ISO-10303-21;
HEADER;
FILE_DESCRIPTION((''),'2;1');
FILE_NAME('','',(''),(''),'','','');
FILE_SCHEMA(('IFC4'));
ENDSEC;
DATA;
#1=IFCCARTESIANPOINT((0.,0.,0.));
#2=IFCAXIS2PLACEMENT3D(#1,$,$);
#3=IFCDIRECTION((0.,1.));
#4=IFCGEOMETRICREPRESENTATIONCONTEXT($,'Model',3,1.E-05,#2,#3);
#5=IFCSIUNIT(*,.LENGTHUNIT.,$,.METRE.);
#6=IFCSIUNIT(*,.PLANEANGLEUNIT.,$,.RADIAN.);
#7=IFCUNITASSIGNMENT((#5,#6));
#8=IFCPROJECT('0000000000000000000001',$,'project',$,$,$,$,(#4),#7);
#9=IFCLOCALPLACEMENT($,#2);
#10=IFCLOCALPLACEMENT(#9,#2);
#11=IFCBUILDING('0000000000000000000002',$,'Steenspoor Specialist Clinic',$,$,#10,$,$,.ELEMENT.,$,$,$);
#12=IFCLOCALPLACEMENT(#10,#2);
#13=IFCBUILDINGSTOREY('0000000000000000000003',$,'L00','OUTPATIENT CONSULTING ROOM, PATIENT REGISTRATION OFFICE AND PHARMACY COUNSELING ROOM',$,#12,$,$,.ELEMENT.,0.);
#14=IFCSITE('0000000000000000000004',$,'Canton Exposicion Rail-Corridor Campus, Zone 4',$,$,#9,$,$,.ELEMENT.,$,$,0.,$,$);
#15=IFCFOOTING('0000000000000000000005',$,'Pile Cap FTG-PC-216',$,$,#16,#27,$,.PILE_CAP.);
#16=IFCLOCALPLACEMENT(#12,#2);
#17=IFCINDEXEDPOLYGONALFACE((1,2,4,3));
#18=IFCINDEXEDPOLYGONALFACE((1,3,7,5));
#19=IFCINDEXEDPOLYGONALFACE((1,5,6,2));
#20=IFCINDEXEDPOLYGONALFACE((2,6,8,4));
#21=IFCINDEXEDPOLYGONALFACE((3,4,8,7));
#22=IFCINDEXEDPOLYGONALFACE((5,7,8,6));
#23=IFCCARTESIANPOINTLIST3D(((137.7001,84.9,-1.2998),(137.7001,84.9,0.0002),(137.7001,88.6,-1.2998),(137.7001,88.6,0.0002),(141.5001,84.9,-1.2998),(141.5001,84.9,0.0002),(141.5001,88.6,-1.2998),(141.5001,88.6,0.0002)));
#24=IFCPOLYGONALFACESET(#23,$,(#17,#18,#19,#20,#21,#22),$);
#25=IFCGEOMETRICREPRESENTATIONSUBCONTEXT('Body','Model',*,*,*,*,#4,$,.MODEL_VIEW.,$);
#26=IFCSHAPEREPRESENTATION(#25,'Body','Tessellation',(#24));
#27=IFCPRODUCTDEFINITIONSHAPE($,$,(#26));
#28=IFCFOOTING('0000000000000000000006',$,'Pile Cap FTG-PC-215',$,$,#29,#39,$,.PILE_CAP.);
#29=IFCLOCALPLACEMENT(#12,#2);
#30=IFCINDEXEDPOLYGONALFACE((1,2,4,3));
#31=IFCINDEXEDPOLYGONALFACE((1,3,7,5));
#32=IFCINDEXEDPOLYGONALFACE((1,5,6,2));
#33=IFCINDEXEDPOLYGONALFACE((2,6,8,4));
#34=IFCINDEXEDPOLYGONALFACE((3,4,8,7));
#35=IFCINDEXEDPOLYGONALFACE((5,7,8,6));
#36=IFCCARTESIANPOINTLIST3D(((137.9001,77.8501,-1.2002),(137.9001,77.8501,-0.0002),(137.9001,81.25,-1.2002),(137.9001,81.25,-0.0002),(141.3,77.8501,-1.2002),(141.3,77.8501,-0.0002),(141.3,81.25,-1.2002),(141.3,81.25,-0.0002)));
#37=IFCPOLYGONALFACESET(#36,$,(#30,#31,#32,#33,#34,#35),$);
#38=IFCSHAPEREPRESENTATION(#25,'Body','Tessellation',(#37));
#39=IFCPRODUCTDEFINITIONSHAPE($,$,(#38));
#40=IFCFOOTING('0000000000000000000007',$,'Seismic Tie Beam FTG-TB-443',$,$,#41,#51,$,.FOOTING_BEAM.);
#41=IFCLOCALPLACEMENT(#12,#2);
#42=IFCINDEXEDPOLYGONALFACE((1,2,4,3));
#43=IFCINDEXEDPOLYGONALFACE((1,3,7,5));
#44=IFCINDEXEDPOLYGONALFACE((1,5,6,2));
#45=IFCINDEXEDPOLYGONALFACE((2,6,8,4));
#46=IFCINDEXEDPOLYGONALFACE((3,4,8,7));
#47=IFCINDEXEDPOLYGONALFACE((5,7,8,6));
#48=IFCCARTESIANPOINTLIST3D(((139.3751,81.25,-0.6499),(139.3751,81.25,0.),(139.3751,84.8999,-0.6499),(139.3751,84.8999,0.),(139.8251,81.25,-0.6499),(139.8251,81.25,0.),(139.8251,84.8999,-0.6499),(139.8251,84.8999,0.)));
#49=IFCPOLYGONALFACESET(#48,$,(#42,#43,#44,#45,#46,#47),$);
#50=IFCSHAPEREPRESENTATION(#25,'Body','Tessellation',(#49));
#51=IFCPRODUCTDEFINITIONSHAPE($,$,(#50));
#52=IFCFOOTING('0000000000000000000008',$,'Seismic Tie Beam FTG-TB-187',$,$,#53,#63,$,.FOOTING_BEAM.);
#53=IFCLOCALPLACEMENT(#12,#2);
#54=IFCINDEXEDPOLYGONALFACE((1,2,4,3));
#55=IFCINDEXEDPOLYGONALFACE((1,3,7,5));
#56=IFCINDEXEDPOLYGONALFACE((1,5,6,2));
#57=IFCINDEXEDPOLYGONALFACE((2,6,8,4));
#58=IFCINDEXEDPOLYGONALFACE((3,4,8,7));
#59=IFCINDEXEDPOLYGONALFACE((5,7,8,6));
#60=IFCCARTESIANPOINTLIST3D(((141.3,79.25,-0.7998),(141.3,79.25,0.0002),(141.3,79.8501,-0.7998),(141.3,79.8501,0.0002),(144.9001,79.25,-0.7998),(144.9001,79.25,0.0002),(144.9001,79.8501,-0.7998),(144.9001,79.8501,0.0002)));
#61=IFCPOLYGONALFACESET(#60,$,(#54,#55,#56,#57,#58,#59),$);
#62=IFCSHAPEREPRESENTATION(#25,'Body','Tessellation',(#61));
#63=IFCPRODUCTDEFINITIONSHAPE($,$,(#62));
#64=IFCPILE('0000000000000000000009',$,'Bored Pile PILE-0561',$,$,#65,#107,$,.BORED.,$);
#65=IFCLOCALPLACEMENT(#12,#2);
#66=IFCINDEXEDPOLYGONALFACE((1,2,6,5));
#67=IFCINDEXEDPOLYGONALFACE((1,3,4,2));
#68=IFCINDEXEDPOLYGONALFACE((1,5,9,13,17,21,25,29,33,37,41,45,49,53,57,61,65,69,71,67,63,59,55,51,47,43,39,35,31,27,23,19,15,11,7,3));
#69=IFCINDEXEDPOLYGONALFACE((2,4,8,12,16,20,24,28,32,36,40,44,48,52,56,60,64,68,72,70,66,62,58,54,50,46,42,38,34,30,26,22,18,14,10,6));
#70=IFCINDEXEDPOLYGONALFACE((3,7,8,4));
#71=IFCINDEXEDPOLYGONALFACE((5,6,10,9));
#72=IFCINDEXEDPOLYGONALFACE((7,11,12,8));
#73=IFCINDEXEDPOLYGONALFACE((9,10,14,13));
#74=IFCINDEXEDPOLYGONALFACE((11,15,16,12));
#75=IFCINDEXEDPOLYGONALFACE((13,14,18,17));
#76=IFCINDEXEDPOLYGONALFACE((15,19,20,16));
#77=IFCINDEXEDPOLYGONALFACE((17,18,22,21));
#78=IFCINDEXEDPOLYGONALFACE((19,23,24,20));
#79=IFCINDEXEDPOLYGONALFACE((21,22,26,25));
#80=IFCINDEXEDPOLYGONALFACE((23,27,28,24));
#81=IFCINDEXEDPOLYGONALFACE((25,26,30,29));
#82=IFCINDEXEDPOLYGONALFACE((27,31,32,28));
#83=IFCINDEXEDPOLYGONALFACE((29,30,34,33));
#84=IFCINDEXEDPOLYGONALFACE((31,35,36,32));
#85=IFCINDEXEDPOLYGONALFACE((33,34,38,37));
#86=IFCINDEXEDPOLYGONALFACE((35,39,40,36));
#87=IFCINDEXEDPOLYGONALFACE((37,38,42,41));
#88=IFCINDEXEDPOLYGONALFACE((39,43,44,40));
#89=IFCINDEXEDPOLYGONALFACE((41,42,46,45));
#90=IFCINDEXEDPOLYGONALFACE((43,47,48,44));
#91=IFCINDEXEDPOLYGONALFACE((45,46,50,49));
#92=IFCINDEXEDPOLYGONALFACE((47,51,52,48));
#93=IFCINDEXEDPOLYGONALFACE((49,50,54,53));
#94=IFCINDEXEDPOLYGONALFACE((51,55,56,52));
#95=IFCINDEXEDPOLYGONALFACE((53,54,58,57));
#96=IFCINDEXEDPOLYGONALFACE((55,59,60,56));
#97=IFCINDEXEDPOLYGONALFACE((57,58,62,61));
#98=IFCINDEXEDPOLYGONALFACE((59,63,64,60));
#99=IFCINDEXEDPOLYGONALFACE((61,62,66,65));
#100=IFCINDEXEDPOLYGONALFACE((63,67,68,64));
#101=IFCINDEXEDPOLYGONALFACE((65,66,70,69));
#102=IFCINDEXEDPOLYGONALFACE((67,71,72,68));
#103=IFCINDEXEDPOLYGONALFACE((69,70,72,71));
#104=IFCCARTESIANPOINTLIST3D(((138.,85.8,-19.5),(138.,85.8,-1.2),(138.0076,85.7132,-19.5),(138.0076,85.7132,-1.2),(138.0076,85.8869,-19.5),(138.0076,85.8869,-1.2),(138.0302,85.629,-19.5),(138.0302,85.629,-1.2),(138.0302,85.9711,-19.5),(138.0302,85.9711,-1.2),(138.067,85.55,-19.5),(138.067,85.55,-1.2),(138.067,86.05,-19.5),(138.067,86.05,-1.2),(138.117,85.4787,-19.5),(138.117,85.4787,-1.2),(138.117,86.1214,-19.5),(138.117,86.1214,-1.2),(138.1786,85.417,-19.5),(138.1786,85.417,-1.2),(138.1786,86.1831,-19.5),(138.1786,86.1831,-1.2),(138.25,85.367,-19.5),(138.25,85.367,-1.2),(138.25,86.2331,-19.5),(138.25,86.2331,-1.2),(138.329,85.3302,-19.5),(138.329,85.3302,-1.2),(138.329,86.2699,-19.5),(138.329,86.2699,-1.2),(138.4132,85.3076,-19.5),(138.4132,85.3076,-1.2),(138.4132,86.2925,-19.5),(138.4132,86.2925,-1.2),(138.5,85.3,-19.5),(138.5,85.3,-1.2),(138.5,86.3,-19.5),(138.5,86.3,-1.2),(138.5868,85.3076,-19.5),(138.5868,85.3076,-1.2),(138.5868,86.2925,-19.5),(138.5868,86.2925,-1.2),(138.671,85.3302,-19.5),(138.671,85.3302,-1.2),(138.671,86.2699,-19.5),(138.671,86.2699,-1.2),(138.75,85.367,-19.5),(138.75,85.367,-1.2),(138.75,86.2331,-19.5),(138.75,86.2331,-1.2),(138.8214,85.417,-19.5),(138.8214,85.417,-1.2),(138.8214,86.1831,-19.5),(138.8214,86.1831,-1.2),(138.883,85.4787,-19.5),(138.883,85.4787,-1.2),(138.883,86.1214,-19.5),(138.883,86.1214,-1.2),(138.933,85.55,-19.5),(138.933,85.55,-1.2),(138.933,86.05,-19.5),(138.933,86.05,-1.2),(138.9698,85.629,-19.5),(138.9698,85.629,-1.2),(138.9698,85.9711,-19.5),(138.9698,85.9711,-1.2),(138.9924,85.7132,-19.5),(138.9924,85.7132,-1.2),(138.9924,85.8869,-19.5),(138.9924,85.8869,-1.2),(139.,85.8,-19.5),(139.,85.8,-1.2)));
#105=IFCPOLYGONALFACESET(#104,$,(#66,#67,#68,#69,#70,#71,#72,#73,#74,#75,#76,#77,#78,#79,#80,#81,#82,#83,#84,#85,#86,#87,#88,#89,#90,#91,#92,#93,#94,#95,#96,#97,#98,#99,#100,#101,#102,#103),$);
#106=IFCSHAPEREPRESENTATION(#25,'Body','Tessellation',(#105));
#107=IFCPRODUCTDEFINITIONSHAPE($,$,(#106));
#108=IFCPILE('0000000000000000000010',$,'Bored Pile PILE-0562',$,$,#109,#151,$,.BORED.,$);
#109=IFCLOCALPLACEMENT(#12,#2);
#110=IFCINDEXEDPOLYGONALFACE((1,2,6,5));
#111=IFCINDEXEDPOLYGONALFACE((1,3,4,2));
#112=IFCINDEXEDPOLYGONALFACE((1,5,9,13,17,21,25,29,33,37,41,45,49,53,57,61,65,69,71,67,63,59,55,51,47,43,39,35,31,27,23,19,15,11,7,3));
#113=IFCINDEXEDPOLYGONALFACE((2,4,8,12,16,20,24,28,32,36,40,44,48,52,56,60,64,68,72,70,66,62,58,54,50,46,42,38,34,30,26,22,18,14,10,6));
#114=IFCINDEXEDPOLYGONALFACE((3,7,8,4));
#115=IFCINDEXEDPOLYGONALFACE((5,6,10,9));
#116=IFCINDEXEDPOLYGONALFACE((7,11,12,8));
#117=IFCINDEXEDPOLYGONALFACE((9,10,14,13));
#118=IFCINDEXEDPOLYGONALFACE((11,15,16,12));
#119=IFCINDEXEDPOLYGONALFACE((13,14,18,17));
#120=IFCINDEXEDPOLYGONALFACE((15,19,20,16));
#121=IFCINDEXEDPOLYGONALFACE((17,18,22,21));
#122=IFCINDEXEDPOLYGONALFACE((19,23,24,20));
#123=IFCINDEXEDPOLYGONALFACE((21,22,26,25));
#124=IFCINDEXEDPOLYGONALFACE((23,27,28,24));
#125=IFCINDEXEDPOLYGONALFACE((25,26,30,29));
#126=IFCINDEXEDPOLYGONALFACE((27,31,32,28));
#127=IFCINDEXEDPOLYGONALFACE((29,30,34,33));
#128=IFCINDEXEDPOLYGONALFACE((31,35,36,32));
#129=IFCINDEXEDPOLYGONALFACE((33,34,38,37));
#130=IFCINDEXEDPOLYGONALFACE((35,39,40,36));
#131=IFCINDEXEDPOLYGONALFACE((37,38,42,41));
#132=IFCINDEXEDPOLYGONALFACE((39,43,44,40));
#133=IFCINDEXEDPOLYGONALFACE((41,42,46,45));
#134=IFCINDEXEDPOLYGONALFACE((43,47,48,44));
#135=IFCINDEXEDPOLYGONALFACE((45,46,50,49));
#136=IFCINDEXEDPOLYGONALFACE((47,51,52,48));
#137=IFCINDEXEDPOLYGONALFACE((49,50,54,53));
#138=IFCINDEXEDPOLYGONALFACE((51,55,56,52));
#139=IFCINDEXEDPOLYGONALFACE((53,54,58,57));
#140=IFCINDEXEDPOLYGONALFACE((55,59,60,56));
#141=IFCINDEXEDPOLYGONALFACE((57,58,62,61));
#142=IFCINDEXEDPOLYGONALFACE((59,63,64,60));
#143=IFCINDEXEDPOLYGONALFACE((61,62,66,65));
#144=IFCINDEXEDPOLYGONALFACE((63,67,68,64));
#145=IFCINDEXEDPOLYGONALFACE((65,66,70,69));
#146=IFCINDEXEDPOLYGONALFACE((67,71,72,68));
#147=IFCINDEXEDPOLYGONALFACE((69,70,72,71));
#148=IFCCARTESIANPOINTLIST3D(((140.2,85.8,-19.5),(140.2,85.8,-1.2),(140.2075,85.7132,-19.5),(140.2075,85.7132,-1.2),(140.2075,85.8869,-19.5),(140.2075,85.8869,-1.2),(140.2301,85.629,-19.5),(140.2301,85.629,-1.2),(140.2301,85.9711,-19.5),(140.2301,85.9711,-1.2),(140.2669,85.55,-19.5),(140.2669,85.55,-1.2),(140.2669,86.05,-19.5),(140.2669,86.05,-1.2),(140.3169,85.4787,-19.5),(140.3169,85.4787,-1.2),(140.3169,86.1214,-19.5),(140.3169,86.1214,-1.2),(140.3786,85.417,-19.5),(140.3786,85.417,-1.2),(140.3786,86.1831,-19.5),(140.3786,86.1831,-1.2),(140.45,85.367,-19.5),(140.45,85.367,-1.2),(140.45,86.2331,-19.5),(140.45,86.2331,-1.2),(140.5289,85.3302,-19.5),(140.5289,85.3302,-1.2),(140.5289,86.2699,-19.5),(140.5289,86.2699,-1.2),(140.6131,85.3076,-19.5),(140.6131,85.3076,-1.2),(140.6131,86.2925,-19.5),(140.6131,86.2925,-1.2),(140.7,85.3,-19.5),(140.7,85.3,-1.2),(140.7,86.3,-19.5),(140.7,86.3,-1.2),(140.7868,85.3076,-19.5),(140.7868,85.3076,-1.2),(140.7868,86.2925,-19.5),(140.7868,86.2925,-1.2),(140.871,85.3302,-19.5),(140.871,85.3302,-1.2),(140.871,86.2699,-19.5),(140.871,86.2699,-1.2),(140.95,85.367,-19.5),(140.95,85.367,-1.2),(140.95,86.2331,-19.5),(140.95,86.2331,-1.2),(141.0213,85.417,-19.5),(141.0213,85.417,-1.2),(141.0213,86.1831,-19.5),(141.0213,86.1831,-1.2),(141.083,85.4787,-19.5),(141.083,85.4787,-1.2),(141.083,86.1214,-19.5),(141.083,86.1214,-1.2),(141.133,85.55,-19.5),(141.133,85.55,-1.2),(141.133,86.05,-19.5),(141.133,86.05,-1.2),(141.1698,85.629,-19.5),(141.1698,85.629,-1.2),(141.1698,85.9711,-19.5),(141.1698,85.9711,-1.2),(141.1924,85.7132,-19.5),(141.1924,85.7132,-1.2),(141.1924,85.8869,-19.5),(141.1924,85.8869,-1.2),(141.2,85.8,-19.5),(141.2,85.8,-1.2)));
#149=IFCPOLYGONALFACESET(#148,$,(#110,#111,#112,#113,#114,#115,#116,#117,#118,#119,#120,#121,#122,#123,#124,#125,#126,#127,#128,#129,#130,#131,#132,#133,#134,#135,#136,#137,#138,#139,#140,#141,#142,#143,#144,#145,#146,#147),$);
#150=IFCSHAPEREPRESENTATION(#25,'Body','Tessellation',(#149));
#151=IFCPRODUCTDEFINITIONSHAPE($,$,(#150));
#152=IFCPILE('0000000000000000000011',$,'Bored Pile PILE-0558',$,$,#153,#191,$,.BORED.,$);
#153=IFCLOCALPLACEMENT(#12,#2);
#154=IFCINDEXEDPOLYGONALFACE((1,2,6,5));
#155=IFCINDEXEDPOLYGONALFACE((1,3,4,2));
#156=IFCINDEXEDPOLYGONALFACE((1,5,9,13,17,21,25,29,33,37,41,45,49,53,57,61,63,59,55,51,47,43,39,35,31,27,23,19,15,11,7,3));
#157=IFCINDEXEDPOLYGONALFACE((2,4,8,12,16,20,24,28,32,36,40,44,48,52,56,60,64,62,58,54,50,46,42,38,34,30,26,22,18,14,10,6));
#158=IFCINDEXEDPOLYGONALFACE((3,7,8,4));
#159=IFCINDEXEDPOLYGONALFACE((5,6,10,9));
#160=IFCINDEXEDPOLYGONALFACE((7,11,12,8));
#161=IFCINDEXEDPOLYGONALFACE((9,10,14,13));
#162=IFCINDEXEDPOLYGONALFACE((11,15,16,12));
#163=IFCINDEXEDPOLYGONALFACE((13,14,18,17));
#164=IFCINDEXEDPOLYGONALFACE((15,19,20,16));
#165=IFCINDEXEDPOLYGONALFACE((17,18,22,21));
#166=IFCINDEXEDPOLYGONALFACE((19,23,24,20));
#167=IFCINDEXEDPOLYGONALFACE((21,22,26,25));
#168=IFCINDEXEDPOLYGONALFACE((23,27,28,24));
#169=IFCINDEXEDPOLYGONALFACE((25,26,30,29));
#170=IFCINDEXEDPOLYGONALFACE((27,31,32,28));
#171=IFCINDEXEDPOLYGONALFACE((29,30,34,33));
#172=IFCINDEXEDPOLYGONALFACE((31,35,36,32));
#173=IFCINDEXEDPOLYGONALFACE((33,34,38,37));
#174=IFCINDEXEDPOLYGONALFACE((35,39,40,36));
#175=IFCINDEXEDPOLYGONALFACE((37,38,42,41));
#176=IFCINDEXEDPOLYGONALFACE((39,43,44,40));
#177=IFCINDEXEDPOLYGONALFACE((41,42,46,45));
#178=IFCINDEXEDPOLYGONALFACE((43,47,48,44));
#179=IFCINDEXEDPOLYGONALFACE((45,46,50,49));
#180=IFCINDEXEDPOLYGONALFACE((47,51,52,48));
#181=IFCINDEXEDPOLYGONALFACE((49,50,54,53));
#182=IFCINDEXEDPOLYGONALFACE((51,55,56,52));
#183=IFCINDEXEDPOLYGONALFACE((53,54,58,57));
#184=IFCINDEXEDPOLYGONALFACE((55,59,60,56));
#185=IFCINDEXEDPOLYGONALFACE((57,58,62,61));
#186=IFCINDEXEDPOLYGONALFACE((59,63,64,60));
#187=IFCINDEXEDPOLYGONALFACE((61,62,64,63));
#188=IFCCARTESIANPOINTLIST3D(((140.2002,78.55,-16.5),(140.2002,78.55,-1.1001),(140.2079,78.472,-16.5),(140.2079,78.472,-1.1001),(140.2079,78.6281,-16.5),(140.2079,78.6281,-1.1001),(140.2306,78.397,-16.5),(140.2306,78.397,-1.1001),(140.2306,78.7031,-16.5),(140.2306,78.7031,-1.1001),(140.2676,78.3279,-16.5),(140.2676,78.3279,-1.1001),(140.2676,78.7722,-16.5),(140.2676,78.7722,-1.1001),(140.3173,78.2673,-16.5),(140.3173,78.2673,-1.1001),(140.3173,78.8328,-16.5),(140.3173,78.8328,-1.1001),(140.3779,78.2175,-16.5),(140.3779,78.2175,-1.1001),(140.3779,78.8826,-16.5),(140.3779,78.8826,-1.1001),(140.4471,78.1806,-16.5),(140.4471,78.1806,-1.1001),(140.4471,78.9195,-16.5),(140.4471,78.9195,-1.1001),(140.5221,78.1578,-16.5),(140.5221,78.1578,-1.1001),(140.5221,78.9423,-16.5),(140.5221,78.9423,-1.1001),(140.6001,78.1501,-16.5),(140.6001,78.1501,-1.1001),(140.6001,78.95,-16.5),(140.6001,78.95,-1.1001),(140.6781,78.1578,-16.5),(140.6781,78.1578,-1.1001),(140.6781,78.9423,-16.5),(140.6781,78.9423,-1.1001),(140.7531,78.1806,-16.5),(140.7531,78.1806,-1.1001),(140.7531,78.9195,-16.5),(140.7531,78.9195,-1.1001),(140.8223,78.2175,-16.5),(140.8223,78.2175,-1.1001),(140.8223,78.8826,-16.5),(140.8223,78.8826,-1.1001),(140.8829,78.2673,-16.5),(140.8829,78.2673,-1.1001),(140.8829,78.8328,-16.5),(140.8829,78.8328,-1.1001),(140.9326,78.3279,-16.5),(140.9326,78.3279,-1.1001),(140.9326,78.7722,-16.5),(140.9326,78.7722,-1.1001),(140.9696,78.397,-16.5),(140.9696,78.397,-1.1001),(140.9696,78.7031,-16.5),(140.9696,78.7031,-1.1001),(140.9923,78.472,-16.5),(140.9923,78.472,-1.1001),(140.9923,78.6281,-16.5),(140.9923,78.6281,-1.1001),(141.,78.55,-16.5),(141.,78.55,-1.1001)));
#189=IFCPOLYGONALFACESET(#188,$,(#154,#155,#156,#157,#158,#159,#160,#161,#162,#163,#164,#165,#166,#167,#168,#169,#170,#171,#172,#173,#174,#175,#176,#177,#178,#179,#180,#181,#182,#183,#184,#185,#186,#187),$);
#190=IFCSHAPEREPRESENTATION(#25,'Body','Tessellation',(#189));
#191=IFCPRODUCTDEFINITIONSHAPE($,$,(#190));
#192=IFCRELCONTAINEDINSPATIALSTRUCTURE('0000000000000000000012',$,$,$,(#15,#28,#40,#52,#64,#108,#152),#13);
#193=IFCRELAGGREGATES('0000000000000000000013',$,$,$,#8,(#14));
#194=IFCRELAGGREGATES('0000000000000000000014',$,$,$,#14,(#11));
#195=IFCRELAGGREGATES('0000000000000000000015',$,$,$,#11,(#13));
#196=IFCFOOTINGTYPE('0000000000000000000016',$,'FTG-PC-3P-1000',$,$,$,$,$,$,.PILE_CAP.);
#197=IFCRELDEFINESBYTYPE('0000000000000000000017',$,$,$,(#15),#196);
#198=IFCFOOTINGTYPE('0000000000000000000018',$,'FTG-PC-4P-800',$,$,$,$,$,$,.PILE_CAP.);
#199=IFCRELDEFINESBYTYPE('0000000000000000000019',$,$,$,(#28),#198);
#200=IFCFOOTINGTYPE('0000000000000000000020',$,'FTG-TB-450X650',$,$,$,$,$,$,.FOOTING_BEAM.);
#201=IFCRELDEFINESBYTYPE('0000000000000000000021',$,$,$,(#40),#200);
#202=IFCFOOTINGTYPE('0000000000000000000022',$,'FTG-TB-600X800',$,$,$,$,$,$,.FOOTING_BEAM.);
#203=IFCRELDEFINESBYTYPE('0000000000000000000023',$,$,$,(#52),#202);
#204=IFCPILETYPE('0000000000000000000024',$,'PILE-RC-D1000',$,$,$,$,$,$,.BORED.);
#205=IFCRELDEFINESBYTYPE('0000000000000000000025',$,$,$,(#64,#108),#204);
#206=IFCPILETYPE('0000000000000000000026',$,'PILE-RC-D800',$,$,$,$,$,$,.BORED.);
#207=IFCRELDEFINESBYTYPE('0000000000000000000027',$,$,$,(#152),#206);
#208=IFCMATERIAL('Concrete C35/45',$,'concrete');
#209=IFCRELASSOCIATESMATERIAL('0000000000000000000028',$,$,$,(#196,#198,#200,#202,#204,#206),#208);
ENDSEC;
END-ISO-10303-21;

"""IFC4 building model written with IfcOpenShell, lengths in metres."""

from ifc_helpers import new_model, si_unit, direction, frame, origin, origin_2d, place, context, subcontext, project, spatial, rectangle, circle, extrude, material, material_profile, profile_set, type_object, element, save


model = new_model("IFC4")

# Units and contexts
model_context = context("Model", 3, precision=1e-05, world=origin(), true_north=direction((0.0, 1.0)))
body_context = subcontext(model_context, "Body", "Model", "MODEL_VIEW")
ifc_project = project(units=[si_unit("LENGTHUNIT", "METRE"), si_unit("PLANEANGLEUNIT", "RADIAN")], contexts=[model_context])

# Site, building, storey
site_placement = place(None, origin())
site = spatial("IfcSite", under=ifc_project, at=site_placement, Name="Canton Exposicion Rail-Corridor Campus, Zone 4", CompositionType="ELEMENT", RefElevation=0.0)
building_placement = place(site_placement, origin())
building = spatial("IfcBuilding", under=site, at=building_placement, Name="Steenspoor Specialist Clinic", CompositionType="ELEMENT")
storey_placement = place(building_placement, origin())
storey = spatial("IfcBuildingStorey", under=building, at=storey_placement, Name="L00", Description="OUTPATIENT CONSULTING ROOM, PATIENT REGISTRATION OFFICE AND PHARMACY COUNSELING ROOM", CompositionType="ELEMENT", Elevation=0.0)

# Footings
ifc_material_1 = material(Name="Concrete C35/45", Category="concrete")
footing_type_1 = type_object("IfcFootingType", Name="FTG-PC-3P-1000", PredefinedType="PILE_CAP", material=ifc_material_1)
footing_1_placement = place(storey_placement, frame((139.6001, 86.75, -1.2998), z_axis=(0.0, 0.0, 1.0), x_axis=(1.0, 0.0, 0.0)))
element("IfcFooting", 1, at=footing_1_placement, inside=storey, type_object=footing_type_1, Name="Pile Cap FTG-PC-216", PredefinedType="PILE_CAP", context=body_context, shape_type="SweptSolid", body=[
    extrude(rectangle(XDim=3.8, YDim=3.7, at=origin_2d()), origin(), (0.0, 0.0, 1.0), 1.3),
])
footing_type_2 = type_object("IfcFootingType", Name="FTG-PC-4P-800", PredefinedType="PILE_CAP", material=ifc_material_1)
footing_2_placement = place(storey_placement, frame((139.6001, 79.55, -1.2002), z_axis=(0.0, 0.0, 1.0), x_axis=(1.0, 0.0, 0.0)))
element("IfcFooting", 2, at=footing_2_placement, inside=storey, type_object=footing_type_2, Name="Pile Cap FTG-PC-215", PredefinedType="PILE_CAP", context=body_context, shape_type="SweptSolid", body=[
    extrude(rectangle(XDim=3.3999, YDim=3.3999, at=origin_2d()), origin(), (0.0, 0.0, 1.0), 1.2),
])
footing_type_3 = type_object("IfcFootingType", Name="FTG-TB-450X650", PredefinedType="FOOTING_BEAM", material=ifc_material_1)
footing_3_placement = place(storey_placement, frame((139.6001, 83.075, -0.6499), z_axis=(0.0, 0.0, 1.0), x_axis=(1.0, 0.0, 0.0)))
element("IfcFooting", 3, at=footing_3_placement, inside=storey, type_object=footing_type_3, Name="Seismic Tie Beam FTG-TB-443", PredefinedType="FOOTING_BEAM", context=body_context, shape_type="SweptSolid", body=[
    extrude(rectangle(XDim=0.45, YDim=3.6499, at=origin_2d()), origin(), (0.0, 0.0, 1.0), 0.6499),
])
footing_type_4 = type_object("IfcFootingType", Name="FTG-TB-600X800", PredefinedType="FOOTING_BEAM", material=ifc_material_1)
footing_4_placement = place(storey_placement, frame((143.1001, 79.55, -0.7998), z_axis=(0.0, 0.0, 1.0), x_axis=(1.0, 0.0, 0.0)))
element("IfcFooting", 4, at=footing_4_placement, inside=storey, type_object=footing_type_4, Name="Seismic Tie Beam FTG-TB-187", PredefinedType="FOOTING_BEAM", context=body_context, shape_type="SweptSolid", body=[
    extrude(rectangle(XDim=3.6001, YDim=0.6001, at=origin_2d()), origin(), (0.0, 0.0, 1.0), 0.8),
])

# Piles
ifc_material_profile_1 = material_profile(ifc_material_1, circle(Radius=0.5, at=origin_2d()), Name="PILE-D1000")
ifc_profile_set_1 = profile_set([ifc_material_profile_1], Name="Concrete C35/45")
pile_type_1 = type_object("IfcPileType", Name="PILE-RC-D1000", PredefinedType="BORED", material=ifc_profile_set_1)
for number, where, z_axis, x_axis, name in (
    (5, (138.5, 85.8, -1.2), (0.0, 0.0, -1.0), (1.0, 0.0, 0.0), "Bored Pile PILE-0561"),
    (6, (140.7, 85.8, -1.2), (0.0, 0.0, -1.0), (1.0, 0.0, 0.0), "Bored Pile PILE-0562"),
):
    element("IfcPile", number, at=place(storey_placement, frame(where, z_axis=z_axis, x_axis=x_axis)), inside=storey, type_object=pile_type_1, Name=name, PredefinedType="BORED", context=body_context, shape_type="SweptSolid", body=[
        extrude(circle(Radius=0.5, at=origin_2d()), origin(), (0.0, 0.0, 1.0), 18.3),
    ])
ifc_material_profile_2 = material_profile(ifc_material_1, circle(Radius=0.3999, at=origin_2d()), Name="PILE-D800")
ifc_profile_set_2 = profile_set([ifc_material_profile_2], Name="Concrete C35/45")
pile_type_2 = type_object("IfcPileType", Name="PILE-RC-D800", PredefinedType="BORED", material=ifc_profile_set_2)
for number, where, z_axis, x_axis, name in (
    (7, (140.6001, 78.55, -1.1001), (0.0, 0.0, -1.0), (1.0, 0.0, 0.0), "Bored Pile PILE-0558"),
):
    element("IfcPile", number, at=place(storey_placement, frame(where, z_axis=z_axis, x_axis=x_axis)), inside=storey, type_object=pile_type_2, Name=name, PredefinedType="BORED", context=body_context, shape_type="SweptSolid", body=[
        extrude(circle(Radius=0.3999, at=origin_2d()), origin(), (0.0, 0.0, 1.0), 15.3999),
    ])

save(model, "model.ifc")
